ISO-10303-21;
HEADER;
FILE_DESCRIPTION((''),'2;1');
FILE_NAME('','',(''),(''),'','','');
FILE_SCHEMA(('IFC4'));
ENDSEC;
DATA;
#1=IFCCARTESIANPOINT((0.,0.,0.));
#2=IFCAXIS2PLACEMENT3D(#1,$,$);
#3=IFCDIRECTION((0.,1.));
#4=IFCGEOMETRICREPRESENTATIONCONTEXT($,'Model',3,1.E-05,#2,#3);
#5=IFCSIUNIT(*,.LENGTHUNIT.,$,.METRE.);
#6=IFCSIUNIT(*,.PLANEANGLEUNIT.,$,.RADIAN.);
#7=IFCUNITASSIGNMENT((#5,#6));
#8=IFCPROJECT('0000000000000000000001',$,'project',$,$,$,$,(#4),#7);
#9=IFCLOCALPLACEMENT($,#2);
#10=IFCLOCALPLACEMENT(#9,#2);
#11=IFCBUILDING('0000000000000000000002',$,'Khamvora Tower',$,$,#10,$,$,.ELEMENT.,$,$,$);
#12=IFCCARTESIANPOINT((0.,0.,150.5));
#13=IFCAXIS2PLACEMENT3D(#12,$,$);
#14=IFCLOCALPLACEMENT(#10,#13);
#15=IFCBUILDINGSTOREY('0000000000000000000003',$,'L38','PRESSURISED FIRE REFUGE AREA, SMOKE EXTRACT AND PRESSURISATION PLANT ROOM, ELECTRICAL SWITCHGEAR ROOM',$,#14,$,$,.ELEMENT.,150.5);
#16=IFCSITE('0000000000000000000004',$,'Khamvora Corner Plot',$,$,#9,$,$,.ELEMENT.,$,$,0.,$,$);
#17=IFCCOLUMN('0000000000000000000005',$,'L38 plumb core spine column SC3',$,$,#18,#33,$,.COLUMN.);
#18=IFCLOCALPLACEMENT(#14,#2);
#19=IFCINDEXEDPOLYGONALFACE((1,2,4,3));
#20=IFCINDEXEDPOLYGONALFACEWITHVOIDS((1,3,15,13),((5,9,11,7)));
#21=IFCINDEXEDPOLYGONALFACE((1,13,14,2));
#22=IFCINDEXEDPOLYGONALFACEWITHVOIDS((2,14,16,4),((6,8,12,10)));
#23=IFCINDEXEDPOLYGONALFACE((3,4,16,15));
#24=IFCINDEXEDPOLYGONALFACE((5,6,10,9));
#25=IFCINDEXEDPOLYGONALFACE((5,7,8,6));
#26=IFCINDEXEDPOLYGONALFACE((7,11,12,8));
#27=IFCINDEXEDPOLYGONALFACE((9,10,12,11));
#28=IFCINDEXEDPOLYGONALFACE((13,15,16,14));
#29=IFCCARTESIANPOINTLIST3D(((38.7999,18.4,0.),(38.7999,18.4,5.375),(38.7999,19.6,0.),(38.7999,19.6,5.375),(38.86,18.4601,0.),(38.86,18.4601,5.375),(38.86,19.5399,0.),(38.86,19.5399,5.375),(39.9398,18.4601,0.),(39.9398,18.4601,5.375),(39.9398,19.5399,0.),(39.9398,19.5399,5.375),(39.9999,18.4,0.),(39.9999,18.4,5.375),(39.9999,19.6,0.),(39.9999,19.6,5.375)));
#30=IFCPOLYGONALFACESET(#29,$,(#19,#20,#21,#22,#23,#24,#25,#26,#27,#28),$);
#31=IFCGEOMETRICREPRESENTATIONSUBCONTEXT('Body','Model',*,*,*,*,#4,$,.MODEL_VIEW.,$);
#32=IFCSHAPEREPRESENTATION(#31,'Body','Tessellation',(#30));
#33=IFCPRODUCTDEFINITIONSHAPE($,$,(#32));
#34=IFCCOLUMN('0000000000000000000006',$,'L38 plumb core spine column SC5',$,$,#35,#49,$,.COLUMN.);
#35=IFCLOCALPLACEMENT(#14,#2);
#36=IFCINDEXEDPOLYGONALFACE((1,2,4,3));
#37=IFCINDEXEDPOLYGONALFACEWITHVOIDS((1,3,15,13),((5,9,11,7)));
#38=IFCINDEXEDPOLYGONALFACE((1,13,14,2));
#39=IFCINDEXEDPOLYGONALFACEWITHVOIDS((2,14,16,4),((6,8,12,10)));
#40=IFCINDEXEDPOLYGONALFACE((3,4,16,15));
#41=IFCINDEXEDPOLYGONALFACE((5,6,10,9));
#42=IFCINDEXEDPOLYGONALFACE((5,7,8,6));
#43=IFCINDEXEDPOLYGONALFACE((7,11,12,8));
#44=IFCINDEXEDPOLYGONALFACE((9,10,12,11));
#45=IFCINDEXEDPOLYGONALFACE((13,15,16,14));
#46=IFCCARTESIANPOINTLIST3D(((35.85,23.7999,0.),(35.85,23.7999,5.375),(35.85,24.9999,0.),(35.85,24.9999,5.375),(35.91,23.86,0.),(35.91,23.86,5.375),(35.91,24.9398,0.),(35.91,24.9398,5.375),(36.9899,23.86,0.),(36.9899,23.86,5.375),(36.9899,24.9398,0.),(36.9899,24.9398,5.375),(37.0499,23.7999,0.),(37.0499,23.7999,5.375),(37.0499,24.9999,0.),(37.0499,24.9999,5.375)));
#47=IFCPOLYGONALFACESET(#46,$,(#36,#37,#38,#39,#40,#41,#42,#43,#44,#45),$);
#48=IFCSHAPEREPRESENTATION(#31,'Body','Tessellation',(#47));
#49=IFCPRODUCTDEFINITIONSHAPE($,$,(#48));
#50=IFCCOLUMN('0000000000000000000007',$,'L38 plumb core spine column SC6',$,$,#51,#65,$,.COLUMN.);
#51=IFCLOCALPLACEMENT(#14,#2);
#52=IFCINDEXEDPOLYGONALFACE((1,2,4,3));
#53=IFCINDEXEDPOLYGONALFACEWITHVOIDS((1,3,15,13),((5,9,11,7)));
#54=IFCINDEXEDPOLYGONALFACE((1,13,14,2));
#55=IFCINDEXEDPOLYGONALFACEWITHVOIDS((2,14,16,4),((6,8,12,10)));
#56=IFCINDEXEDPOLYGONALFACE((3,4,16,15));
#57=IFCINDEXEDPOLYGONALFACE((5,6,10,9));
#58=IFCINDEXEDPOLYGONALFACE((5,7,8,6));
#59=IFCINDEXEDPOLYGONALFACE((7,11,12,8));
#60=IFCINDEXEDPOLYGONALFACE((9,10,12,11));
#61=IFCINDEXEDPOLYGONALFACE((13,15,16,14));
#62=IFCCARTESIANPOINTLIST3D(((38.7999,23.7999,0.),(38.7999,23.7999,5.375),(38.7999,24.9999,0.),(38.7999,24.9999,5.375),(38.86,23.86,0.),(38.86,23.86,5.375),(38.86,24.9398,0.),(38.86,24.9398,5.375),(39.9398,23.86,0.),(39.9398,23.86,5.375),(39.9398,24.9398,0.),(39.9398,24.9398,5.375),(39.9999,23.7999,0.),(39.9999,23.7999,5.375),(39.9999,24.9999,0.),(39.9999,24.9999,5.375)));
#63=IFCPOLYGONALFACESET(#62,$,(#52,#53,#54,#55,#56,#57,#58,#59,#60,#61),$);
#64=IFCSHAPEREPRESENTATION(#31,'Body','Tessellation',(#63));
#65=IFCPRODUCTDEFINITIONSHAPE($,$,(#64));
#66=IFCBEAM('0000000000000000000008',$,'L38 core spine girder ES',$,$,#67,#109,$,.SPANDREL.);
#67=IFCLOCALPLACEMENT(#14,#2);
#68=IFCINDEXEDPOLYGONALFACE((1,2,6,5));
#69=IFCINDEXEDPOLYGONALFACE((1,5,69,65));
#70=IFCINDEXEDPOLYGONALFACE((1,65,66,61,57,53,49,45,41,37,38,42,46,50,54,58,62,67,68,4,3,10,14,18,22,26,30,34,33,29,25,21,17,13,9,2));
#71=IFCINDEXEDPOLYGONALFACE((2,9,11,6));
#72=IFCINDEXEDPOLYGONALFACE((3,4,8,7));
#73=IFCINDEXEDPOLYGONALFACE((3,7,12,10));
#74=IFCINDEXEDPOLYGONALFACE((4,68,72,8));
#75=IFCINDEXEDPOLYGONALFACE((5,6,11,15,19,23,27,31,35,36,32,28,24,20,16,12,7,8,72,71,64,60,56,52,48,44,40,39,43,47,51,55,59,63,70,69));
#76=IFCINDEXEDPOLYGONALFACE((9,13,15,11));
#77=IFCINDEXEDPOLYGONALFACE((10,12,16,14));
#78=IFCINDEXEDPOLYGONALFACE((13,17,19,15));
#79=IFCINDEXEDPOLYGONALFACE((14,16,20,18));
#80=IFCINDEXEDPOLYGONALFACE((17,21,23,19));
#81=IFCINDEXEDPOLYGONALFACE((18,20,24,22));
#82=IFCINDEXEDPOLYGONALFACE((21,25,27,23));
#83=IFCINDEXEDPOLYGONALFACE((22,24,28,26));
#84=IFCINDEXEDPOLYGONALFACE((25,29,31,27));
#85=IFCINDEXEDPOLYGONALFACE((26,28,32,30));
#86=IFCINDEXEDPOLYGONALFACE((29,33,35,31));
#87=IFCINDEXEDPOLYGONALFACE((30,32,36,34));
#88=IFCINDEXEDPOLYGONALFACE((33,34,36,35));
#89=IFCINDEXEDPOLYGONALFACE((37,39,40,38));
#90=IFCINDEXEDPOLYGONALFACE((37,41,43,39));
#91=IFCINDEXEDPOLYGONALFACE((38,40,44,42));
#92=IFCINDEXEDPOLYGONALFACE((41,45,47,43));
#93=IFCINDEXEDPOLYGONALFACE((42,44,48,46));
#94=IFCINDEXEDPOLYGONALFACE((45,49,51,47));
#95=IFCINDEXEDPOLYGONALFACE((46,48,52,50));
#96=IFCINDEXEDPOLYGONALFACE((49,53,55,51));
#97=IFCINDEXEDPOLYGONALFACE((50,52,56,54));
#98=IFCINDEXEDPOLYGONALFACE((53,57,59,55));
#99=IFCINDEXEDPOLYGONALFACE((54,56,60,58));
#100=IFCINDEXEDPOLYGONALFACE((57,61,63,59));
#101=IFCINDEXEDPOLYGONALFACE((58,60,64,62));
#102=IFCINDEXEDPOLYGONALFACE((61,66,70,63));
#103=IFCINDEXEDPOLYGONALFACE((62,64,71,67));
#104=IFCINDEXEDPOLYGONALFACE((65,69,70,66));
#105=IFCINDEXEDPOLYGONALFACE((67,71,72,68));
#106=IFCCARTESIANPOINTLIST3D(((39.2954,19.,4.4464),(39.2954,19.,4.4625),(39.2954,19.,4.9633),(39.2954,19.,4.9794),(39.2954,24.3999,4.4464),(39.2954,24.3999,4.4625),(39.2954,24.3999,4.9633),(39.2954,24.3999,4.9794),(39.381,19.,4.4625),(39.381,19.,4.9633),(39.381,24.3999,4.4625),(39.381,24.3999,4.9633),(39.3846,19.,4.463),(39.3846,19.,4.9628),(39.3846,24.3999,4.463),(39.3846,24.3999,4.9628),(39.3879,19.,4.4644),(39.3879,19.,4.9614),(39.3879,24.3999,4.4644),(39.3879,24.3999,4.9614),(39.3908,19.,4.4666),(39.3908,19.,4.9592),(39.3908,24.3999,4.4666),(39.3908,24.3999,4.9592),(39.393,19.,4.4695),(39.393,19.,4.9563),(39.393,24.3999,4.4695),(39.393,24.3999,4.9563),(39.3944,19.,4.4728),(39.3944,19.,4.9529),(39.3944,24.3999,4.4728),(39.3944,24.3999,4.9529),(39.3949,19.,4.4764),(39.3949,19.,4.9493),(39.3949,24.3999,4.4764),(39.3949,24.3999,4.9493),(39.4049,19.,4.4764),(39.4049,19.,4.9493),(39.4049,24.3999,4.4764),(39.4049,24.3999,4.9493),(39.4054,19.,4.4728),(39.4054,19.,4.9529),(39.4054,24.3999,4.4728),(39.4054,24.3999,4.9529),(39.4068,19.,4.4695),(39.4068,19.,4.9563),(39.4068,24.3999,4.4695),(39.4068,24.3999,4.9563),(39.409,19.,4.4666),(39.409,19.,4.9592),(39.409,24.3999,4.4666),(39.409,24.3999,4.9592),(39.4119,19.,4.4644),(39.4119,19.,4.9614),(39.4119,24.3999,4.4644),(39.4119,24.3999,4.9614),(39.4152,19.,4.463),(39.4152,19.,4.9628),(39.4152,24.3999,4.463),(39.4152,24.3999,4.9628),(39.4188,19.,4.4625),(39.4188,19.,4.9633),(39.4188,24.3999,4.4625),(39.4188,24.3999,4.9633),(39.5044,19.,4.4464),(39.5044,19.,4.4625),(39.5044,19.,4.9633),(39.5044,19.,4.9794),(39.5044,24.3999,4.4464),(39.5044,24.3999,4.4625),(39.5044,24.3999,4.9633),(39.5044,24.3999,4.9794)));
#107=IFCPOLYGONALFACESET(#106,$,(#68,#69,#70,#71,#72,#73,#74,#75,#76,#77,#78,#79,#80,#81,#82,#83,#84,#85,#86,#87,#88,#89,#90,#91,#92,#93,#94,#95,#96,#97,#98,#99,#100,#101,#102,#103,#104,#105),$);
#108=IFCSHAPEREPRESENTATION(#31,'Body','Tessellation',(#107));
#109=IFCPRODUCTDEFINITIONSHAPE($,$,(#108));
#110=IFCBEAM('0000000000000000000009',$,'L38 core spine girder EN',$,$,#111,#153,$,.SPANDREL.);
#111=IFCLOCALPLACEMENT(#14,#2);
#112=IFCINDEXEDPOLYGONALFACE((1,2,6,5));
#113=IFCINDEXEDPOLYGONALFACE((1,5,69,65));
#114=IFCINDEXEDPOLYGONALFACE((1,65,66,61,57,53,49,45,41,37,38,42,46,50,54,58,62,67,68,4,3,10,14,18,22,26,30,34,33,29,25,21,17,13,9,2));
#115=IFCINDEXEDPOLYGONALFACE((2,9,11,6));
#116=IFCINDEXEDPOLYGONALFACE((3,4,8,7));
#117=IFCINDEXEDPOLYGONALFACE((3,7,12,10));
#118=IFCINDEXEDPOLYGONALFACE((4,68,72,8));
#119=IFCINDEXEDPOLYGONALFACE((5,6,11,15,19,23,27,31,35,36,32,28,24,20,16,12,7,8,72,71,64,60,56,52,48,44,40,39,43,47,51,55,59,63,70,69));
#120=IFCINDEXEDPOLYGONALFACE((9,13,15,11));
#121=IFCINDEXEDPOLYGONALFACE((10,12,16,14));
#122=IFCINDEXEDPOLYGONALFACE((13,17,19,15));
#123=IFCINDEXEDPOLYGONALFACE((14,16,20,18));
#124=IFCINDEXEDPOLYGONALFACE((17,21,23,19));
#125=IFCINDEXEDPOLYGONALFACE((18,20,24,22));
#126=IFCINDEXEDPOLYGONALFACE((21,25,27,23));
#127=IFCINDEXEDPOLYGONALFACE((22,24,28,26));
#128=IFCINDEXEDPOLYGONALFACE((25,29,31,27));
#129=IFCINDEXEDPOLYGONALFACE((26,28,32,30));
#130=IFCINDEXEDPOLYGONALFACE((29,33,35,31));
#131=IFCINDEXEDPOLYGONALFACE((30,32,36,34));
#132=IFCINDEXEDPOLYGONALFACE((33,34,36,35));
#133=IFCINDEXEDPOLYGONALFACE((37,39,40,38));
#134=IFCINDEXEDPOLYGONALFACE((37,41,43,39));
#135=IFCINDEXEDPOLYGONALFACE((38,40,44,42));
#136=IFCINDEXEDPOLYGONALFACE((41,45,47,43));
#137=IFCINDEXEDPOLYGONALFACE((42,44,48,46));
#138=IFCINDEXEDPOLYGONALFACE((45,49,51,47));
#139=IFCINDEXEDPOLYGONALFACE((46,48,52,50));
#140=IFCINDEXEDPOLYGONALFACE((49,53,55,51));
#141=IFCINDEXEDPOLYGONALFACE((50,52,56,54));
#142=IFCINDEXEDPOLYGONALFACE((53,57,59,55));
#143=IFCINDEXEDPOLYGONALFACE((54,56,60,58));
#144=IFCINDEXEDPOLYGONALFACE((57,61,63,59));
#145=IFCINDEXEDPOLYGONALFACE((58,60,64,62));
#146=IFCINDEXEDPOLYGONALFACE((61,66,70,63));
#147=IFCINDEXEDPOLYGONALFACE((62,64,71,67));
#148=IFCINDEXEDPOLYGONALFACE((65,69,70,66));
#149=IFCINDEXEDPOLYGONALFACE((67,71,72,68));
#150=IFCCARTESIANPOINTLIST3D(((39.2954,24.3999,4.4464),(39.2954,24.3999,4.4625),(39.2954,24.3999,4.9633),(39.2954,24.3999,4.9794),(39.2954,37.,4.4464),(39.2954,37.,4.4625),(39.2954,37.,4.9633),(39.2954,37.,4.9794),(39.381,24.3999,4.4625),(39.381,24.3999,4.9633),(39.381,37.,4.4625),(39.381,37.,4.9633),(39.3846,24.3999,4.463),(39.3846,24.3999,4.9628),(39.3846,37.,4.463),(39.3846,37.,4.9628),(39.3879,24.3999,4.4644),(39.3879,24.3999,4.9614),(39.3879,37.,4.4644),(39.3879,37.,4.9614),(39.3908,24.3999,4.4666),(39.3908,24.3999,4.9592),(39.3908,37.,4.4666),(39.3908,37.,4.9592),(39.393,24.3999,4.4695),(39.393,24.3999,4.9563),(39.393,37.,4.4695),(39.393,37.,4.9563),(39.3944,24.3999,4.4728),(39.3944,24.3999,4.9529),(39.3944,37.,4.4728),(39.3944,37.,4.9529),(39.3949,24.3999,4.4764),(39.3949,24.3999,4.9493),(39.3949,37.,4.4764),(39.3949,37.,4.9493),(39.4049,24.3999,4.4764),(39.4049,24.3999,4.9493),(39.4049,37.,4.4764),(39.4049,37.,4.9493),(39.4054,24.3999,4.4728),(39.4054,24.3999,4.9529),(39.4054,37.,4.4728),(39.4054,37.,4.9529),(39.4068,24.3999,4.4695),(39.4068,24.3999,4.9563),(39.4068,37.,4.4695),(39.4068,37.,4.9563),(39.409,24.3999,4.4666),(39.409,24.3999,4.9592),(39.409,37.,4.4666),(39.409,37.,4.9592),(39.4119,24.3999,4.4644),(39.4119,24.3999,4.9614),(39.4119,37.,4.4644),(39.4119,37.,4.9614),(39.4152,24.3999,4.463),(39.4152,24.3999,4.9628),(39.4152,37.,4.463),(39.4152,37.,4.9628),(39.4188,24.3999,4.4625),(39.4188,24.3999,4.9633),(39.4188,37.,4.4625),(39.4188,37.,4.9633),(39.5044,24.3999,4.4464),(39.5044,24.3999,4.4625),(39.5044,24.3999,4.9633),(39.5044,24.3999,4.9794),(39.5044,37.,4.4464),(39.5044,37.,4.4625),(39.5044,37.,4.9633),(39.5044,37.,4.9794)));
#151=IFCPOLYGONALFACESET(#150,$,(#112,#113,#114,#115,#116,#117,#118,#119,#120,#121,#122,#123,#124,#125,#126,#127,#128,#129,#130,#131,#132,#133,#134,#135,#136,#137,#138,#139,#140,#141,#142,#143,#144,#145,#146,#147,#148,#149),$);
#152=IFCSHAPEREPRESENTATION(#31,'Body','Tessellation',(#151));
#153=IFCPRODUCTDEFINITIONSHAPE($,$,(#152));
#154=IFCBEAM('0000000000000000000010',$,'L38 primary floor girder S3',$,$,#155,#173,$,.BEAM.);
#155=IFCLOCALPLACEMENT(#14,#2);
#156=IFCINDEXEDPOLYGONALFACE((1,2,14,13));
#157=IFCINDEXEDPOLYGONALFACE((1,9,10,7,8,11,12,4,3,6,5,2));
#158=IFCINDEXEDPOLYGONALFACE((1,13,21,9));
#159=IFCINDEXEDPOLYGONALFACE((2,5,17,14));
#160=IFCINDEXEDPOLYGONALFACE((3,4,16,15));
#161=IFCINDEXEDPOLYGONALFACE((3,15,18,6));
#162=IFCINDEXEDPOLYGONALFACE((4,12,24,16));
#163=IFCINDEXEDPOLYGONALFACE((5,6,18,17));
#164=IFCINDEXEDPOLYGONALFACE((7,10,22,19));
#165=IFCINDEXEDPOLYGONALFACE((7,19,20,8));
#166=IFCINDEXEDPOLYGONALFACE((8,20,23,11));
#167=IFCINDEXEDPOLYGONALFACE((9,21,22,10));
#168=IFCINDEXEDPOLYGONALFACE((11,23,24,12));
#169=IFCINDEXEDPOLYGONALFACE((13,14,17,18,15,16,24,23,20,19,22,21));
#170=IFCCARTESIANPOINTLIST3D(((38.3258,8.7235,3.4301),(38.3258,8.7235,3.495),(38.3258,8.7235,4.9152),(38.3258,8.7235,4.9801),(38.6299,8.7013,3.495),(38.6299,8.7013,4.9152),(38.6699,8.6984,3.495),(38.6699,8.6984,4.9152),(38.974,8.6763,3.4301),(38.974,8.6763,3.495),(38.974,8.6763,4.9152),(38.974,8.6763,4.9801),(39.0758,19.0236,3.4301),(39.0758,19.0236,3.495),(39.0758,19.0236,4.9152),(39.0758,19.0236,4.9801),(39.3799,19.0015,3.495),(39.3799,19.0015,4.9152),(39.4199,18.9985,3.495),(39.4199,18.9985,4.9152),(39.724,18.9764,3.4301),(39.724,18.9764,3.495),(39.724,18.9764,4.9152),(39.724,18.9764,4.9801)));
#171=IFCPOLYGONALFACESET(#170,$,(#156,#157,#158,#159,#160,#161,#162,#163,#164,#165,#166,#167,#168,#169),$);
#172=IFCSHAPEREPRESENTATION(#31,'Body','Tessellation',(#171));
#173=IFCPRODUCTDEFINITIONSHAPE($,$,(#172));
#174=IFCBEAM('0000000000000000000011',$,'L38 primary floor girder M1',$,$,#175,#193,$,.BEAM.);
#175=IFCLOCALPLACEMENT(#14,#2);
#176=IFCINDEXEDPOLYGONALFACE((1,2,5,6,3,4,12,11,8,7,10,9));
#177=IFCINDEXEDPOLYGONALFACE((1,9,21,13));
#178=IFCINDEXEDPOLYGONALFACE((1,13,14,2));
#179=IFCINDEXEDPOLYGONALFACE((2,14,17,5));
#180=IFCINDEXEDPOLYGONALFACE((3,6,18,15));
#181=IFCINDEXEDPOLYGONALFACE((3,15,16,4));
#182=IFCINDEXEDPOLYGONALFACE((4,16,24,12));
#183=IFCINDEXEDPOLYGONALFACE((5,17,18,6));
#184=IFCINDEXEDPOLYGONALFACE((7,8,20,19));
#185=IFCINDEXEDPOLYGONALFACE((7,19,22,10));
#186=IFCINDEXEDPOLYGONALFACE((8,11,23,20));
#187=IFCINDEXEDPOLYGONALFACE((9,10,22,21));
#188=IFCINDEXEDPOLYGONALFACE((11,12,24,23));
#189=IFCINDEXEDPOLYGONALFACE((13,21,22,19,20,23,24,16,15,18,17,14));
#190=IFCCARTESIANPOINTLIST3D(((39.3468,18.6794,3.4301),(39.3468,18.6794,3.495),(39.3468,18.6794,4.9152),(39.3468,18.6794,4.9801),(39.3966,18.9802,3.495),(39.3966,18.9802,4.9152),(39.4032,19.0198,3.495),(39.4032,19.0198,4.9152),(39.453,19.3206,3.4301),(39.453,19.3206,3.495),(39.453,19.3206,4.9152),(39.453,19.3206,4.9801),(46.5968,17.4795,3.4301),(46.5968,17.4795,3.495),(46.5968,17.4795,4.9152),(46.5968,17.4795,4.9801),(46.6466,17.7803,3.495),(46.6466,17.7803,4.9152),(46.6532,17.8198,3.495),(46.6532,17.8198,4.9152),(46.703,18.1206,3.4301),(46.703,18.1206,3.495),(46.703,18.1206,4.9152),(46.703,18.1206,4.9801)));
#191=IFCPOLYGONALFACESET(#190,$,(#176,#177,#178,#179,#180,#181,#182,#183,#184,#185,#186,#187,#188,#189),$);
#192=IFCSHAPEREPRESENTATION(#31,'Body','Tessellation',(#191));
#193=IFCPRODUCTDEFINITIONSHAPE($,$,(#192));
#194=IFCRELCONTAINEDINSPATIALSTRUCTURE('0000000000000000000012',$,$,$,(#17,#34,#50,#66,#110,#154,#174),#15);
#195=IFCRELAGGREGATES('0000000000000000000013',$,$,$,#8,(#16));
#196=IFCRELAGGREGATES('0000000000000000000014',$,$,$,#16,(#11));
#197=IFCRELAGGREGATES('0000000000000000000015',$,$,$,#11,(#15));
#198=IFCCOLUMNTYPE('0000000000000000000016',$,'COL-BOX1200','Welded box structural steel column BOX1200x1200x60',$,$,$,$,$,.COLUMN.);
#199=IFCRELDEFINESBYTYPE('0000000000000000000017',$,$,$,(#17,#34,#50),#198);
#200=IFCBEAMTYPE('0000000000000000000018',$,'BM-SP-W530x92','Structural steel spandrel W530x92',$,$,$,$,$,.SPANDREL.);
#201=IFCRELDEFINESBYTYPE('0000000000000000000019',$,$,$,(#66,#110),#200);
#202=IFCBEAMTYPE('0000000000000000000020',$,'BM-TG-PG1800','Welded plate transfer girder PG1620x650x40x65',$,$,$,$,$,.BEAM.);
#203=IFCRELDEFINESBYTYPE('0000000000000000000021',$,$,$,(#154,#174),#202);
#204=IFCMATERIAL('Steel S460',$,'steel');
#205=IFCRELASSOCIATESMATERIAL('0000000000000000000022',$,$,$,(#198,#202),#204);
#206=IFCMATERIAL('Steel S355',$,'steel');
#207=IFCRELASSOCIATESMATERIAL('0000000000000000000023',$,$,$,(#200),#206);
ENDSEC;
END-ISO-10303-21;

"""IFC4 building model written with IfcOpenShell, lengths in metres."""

from ifc_helpers import new_model, si_unit, direction, frame, origin, origin_2d, place, context, subcontext, project, spatial, hollow_rectangle, i_section, extrude, material, material_profile, profile_set, type_object, element, save


model = new_model("IFC4")

# Units and contexts
model_context = context("Model", 3, precision=1e-05, world=origin(), true_north=direction((0.0, 1.0)))
body_context = subcontext(model_context, "Body", "Model", "MODEL_VIEW")
ifc_project = project(units=[si_unit("LENGTHUNIT", "METRE"), si_unit("PLANEANGLEUNIT", "RADIAN")], contexts=[model_context])

# Site, building, storey
site_placement = place(None, origin())
site = spatial("IfcSite", under=ifc_project, at=site_placement, Name="Khamvora Corner Plot", CompositionType="ELEMENT", RefElevation=0.0)
building_placement = place(site_placement, origin())
building = spatial("IfcBuilding", under=site, at=building_placement, Name="Khamvora Tower", CompositionType="ELEMENT")
storey_placement = place(building_placement, frame((0.0, 0.0, 150.5)))
storey = spatial("IfcBuildingStorey", under=building, at=storey_placement, Name="L38", Description="PRESSURISED FIRE REFUGE AREA, SMOKE EXTRACT AND PRESSURISATION PLANT ROOM, ELECTRICAL SWITCHGEAR ROOM", CompositionType="ELEMENT", Elevation=150.5)

# Columns
ifc_material_1 = material(Name="Steel S460", Category="steel")
ifc_material_profile_1 = material_profile(ifc_material_1, hollow_rectangle(XDim=1.2, YDim=1.2, WallThickness=0.0601, at=origin_2d()), Name="BOX1200x1200x60")
ifc_profile_set_1 = profile_set([ifc_material_profile_1], Name="Steel S460")
column_type = type_object("IfcColumnType", Name="COL-BOX1200", Description="Welded box structural steel column BOX1200x1200x60", PredefinedType="COLUMN", material=ifc_profile_set_1)
for number, where, z_axis, x_axis, name in (
    (1, (39.3999, 19.0, 0.0), (0.0, 0.0, 1.0), (1.0, 0.0, 0.0), "L38 plumb core spine column SC3"),
    (2, (36.45, 24.3999, 0.0), (0.0, 0.0, 1.0), (1.0, 0.0, 0.0), "L38 plumb core spine column SC5"),
    (3, (39.3999, 24.3999, 0.0), (0.0, 0.0, 1.0), (1.0, 0.0, 0.0), "L38 plumb core spine column SC6"),
):
    element("IfcColumn", number, at=place(storey_placement, frame(where, z_axis=z_axis, x_axis=x_axis)), inside=storey, type_object=column_type, Name=name, PredefinedType="COLUMN", context=body_context, shape_type="SweptSolid", body=[
        extrude(hollow_rectangle(XDim=1.2, YDim=1.2, WallThickness=0.0601, at=origin_2d()), origin(), (0.0, 0.0, 1.0), 5.375),
    ])

# Beams
ifc_material_2 = material(Name="Steel S355", Category="steel")
ifc_material_profile_2 = material_profile(ifc_material_2, i_section(OverallWidth=0.209, OverallDepth=0.533, WebThickness=0.01, FlangeThickness=0.0161, FilletRadius=0.0139, at=origin_2d()), Name="W530x92")
ifc_profile_set_2 = profile_set([ifc_material_profile_2], Name="Steel S355")
beam_type_1 = type_object("IfcBeamType", Name="BM-SP-W530x92", Description="Structural steel spandrel W530x92", PredefinedType="SPANDREL", material=ifc_profile_set_2)
beam_1_placement = place(storey_placement, frame((39.3999, 19.0, 4.7129), z_axis=(0.0, 1.0, 0.0), x_axis=(-1.0, 0.0, 0.0)))
element("IfcBeam", 4, at=beam_1_placement, inside=storey, type_object=beam_type_1, Name="L38 core spine girder ES", PredefinedType="SPANDREL", context=body_context, shape_type="SweptSolid", body=[
    extrude(i_section(OverallWidth=0.209, OverallDepth=0.533, WebThickness=0.01, FlangeThickness=0.0161, FilletRadius=0.0139, at=origin_2d()), origin(), (0.0, 0.0, 1.0), 5.3999),
])
beam_2_placement = place(storey_placement, frame((39.3999, 24.3999, 4.7129), z_axis=(0.0, 1.0, 0.0), x_axis=(-1.0, 0.0, 0.0)))
element("IfcBeam", 5, at=beam_2_placement, inside=storey, type_object=beam_type_1, Name="L38 core spine girder EN", PredefinedType="SPANDREL", context=body_context, shape_type="SweptSolid", body=[
    extrude(i_section(OverallWidth=0.209, OverallDepth=0.533, WebThickness=0.01, FlangeThickness=0.0161, FilletRadius=0.0139, at=origin_2d()), origin(), (0.0, 0.0, 1.0), 12.6001),
])
ifc_material_profile_3 = material_profile(ifc_material_1, i_section(OverallWidth=0.6499, OverallDepth=1.55, WebThickness=0.04, FlangeThickness=0.0649, at=origin_2d()), Name="PG1550x650x40x65")
ifc_profile_set_3 = profile_set([ifc_material_profile_3], Name="Steel S460")
beam_type_2 = type_object("IfcBeamType", Name="BM-TG-PG1800", Description="Welded plate transfer girder PG1620x650x40x65", PredefinedType="BEAM", material=ifc_profile_set_3)
beam_3_placement = place(storey_placement, frame((39.3999, 19.0, 4.2051), z_axis=(-0.072623, -0.997359, 0.0), x_axis=(0.997359, -0.072623, 0.0)))
element("IfcBeam", 6, at=beam_3_placement, inside=storey, type_object=beam_type_2, Name="L38 primary floor girder S3", PredefinedType="BEAM", context=body_context, shape_type="SweptSolid", body=[
    extrude(i_section(OverallWidth=0.6499, OverallDepth=1.55, WebThickness=0.04, FlangeThickness=0.0649, at=origin_2d()), origin(), (0.0, 0.0, 1.0), 10.3274),
])
beam_4_placement = place(storey_placement, frame((39.3999, 19.0, 4.2051), z_axis=(0.986578, -0.163289, 0.0), x_axis=(0.163289, 0.986578, 0.0)))
element("IfcBeam", 7, at=beam_4_placement, inside=storey, type_object=beam_type_2, Name="L38 primary floor girder M1", PredefinedType="BEAM", context=body_context, shape_type="SweptSolid", body=[
    extrude(i_section(OverallWidth=0.6499, OverallDepth=1.55, WebThickness=0.04, FlangeThickness=0.0649, at=origin_2d()), origin(), (0.0, 0.0, 1.0), 7.3486),
])

save(model, "model.ifc")
